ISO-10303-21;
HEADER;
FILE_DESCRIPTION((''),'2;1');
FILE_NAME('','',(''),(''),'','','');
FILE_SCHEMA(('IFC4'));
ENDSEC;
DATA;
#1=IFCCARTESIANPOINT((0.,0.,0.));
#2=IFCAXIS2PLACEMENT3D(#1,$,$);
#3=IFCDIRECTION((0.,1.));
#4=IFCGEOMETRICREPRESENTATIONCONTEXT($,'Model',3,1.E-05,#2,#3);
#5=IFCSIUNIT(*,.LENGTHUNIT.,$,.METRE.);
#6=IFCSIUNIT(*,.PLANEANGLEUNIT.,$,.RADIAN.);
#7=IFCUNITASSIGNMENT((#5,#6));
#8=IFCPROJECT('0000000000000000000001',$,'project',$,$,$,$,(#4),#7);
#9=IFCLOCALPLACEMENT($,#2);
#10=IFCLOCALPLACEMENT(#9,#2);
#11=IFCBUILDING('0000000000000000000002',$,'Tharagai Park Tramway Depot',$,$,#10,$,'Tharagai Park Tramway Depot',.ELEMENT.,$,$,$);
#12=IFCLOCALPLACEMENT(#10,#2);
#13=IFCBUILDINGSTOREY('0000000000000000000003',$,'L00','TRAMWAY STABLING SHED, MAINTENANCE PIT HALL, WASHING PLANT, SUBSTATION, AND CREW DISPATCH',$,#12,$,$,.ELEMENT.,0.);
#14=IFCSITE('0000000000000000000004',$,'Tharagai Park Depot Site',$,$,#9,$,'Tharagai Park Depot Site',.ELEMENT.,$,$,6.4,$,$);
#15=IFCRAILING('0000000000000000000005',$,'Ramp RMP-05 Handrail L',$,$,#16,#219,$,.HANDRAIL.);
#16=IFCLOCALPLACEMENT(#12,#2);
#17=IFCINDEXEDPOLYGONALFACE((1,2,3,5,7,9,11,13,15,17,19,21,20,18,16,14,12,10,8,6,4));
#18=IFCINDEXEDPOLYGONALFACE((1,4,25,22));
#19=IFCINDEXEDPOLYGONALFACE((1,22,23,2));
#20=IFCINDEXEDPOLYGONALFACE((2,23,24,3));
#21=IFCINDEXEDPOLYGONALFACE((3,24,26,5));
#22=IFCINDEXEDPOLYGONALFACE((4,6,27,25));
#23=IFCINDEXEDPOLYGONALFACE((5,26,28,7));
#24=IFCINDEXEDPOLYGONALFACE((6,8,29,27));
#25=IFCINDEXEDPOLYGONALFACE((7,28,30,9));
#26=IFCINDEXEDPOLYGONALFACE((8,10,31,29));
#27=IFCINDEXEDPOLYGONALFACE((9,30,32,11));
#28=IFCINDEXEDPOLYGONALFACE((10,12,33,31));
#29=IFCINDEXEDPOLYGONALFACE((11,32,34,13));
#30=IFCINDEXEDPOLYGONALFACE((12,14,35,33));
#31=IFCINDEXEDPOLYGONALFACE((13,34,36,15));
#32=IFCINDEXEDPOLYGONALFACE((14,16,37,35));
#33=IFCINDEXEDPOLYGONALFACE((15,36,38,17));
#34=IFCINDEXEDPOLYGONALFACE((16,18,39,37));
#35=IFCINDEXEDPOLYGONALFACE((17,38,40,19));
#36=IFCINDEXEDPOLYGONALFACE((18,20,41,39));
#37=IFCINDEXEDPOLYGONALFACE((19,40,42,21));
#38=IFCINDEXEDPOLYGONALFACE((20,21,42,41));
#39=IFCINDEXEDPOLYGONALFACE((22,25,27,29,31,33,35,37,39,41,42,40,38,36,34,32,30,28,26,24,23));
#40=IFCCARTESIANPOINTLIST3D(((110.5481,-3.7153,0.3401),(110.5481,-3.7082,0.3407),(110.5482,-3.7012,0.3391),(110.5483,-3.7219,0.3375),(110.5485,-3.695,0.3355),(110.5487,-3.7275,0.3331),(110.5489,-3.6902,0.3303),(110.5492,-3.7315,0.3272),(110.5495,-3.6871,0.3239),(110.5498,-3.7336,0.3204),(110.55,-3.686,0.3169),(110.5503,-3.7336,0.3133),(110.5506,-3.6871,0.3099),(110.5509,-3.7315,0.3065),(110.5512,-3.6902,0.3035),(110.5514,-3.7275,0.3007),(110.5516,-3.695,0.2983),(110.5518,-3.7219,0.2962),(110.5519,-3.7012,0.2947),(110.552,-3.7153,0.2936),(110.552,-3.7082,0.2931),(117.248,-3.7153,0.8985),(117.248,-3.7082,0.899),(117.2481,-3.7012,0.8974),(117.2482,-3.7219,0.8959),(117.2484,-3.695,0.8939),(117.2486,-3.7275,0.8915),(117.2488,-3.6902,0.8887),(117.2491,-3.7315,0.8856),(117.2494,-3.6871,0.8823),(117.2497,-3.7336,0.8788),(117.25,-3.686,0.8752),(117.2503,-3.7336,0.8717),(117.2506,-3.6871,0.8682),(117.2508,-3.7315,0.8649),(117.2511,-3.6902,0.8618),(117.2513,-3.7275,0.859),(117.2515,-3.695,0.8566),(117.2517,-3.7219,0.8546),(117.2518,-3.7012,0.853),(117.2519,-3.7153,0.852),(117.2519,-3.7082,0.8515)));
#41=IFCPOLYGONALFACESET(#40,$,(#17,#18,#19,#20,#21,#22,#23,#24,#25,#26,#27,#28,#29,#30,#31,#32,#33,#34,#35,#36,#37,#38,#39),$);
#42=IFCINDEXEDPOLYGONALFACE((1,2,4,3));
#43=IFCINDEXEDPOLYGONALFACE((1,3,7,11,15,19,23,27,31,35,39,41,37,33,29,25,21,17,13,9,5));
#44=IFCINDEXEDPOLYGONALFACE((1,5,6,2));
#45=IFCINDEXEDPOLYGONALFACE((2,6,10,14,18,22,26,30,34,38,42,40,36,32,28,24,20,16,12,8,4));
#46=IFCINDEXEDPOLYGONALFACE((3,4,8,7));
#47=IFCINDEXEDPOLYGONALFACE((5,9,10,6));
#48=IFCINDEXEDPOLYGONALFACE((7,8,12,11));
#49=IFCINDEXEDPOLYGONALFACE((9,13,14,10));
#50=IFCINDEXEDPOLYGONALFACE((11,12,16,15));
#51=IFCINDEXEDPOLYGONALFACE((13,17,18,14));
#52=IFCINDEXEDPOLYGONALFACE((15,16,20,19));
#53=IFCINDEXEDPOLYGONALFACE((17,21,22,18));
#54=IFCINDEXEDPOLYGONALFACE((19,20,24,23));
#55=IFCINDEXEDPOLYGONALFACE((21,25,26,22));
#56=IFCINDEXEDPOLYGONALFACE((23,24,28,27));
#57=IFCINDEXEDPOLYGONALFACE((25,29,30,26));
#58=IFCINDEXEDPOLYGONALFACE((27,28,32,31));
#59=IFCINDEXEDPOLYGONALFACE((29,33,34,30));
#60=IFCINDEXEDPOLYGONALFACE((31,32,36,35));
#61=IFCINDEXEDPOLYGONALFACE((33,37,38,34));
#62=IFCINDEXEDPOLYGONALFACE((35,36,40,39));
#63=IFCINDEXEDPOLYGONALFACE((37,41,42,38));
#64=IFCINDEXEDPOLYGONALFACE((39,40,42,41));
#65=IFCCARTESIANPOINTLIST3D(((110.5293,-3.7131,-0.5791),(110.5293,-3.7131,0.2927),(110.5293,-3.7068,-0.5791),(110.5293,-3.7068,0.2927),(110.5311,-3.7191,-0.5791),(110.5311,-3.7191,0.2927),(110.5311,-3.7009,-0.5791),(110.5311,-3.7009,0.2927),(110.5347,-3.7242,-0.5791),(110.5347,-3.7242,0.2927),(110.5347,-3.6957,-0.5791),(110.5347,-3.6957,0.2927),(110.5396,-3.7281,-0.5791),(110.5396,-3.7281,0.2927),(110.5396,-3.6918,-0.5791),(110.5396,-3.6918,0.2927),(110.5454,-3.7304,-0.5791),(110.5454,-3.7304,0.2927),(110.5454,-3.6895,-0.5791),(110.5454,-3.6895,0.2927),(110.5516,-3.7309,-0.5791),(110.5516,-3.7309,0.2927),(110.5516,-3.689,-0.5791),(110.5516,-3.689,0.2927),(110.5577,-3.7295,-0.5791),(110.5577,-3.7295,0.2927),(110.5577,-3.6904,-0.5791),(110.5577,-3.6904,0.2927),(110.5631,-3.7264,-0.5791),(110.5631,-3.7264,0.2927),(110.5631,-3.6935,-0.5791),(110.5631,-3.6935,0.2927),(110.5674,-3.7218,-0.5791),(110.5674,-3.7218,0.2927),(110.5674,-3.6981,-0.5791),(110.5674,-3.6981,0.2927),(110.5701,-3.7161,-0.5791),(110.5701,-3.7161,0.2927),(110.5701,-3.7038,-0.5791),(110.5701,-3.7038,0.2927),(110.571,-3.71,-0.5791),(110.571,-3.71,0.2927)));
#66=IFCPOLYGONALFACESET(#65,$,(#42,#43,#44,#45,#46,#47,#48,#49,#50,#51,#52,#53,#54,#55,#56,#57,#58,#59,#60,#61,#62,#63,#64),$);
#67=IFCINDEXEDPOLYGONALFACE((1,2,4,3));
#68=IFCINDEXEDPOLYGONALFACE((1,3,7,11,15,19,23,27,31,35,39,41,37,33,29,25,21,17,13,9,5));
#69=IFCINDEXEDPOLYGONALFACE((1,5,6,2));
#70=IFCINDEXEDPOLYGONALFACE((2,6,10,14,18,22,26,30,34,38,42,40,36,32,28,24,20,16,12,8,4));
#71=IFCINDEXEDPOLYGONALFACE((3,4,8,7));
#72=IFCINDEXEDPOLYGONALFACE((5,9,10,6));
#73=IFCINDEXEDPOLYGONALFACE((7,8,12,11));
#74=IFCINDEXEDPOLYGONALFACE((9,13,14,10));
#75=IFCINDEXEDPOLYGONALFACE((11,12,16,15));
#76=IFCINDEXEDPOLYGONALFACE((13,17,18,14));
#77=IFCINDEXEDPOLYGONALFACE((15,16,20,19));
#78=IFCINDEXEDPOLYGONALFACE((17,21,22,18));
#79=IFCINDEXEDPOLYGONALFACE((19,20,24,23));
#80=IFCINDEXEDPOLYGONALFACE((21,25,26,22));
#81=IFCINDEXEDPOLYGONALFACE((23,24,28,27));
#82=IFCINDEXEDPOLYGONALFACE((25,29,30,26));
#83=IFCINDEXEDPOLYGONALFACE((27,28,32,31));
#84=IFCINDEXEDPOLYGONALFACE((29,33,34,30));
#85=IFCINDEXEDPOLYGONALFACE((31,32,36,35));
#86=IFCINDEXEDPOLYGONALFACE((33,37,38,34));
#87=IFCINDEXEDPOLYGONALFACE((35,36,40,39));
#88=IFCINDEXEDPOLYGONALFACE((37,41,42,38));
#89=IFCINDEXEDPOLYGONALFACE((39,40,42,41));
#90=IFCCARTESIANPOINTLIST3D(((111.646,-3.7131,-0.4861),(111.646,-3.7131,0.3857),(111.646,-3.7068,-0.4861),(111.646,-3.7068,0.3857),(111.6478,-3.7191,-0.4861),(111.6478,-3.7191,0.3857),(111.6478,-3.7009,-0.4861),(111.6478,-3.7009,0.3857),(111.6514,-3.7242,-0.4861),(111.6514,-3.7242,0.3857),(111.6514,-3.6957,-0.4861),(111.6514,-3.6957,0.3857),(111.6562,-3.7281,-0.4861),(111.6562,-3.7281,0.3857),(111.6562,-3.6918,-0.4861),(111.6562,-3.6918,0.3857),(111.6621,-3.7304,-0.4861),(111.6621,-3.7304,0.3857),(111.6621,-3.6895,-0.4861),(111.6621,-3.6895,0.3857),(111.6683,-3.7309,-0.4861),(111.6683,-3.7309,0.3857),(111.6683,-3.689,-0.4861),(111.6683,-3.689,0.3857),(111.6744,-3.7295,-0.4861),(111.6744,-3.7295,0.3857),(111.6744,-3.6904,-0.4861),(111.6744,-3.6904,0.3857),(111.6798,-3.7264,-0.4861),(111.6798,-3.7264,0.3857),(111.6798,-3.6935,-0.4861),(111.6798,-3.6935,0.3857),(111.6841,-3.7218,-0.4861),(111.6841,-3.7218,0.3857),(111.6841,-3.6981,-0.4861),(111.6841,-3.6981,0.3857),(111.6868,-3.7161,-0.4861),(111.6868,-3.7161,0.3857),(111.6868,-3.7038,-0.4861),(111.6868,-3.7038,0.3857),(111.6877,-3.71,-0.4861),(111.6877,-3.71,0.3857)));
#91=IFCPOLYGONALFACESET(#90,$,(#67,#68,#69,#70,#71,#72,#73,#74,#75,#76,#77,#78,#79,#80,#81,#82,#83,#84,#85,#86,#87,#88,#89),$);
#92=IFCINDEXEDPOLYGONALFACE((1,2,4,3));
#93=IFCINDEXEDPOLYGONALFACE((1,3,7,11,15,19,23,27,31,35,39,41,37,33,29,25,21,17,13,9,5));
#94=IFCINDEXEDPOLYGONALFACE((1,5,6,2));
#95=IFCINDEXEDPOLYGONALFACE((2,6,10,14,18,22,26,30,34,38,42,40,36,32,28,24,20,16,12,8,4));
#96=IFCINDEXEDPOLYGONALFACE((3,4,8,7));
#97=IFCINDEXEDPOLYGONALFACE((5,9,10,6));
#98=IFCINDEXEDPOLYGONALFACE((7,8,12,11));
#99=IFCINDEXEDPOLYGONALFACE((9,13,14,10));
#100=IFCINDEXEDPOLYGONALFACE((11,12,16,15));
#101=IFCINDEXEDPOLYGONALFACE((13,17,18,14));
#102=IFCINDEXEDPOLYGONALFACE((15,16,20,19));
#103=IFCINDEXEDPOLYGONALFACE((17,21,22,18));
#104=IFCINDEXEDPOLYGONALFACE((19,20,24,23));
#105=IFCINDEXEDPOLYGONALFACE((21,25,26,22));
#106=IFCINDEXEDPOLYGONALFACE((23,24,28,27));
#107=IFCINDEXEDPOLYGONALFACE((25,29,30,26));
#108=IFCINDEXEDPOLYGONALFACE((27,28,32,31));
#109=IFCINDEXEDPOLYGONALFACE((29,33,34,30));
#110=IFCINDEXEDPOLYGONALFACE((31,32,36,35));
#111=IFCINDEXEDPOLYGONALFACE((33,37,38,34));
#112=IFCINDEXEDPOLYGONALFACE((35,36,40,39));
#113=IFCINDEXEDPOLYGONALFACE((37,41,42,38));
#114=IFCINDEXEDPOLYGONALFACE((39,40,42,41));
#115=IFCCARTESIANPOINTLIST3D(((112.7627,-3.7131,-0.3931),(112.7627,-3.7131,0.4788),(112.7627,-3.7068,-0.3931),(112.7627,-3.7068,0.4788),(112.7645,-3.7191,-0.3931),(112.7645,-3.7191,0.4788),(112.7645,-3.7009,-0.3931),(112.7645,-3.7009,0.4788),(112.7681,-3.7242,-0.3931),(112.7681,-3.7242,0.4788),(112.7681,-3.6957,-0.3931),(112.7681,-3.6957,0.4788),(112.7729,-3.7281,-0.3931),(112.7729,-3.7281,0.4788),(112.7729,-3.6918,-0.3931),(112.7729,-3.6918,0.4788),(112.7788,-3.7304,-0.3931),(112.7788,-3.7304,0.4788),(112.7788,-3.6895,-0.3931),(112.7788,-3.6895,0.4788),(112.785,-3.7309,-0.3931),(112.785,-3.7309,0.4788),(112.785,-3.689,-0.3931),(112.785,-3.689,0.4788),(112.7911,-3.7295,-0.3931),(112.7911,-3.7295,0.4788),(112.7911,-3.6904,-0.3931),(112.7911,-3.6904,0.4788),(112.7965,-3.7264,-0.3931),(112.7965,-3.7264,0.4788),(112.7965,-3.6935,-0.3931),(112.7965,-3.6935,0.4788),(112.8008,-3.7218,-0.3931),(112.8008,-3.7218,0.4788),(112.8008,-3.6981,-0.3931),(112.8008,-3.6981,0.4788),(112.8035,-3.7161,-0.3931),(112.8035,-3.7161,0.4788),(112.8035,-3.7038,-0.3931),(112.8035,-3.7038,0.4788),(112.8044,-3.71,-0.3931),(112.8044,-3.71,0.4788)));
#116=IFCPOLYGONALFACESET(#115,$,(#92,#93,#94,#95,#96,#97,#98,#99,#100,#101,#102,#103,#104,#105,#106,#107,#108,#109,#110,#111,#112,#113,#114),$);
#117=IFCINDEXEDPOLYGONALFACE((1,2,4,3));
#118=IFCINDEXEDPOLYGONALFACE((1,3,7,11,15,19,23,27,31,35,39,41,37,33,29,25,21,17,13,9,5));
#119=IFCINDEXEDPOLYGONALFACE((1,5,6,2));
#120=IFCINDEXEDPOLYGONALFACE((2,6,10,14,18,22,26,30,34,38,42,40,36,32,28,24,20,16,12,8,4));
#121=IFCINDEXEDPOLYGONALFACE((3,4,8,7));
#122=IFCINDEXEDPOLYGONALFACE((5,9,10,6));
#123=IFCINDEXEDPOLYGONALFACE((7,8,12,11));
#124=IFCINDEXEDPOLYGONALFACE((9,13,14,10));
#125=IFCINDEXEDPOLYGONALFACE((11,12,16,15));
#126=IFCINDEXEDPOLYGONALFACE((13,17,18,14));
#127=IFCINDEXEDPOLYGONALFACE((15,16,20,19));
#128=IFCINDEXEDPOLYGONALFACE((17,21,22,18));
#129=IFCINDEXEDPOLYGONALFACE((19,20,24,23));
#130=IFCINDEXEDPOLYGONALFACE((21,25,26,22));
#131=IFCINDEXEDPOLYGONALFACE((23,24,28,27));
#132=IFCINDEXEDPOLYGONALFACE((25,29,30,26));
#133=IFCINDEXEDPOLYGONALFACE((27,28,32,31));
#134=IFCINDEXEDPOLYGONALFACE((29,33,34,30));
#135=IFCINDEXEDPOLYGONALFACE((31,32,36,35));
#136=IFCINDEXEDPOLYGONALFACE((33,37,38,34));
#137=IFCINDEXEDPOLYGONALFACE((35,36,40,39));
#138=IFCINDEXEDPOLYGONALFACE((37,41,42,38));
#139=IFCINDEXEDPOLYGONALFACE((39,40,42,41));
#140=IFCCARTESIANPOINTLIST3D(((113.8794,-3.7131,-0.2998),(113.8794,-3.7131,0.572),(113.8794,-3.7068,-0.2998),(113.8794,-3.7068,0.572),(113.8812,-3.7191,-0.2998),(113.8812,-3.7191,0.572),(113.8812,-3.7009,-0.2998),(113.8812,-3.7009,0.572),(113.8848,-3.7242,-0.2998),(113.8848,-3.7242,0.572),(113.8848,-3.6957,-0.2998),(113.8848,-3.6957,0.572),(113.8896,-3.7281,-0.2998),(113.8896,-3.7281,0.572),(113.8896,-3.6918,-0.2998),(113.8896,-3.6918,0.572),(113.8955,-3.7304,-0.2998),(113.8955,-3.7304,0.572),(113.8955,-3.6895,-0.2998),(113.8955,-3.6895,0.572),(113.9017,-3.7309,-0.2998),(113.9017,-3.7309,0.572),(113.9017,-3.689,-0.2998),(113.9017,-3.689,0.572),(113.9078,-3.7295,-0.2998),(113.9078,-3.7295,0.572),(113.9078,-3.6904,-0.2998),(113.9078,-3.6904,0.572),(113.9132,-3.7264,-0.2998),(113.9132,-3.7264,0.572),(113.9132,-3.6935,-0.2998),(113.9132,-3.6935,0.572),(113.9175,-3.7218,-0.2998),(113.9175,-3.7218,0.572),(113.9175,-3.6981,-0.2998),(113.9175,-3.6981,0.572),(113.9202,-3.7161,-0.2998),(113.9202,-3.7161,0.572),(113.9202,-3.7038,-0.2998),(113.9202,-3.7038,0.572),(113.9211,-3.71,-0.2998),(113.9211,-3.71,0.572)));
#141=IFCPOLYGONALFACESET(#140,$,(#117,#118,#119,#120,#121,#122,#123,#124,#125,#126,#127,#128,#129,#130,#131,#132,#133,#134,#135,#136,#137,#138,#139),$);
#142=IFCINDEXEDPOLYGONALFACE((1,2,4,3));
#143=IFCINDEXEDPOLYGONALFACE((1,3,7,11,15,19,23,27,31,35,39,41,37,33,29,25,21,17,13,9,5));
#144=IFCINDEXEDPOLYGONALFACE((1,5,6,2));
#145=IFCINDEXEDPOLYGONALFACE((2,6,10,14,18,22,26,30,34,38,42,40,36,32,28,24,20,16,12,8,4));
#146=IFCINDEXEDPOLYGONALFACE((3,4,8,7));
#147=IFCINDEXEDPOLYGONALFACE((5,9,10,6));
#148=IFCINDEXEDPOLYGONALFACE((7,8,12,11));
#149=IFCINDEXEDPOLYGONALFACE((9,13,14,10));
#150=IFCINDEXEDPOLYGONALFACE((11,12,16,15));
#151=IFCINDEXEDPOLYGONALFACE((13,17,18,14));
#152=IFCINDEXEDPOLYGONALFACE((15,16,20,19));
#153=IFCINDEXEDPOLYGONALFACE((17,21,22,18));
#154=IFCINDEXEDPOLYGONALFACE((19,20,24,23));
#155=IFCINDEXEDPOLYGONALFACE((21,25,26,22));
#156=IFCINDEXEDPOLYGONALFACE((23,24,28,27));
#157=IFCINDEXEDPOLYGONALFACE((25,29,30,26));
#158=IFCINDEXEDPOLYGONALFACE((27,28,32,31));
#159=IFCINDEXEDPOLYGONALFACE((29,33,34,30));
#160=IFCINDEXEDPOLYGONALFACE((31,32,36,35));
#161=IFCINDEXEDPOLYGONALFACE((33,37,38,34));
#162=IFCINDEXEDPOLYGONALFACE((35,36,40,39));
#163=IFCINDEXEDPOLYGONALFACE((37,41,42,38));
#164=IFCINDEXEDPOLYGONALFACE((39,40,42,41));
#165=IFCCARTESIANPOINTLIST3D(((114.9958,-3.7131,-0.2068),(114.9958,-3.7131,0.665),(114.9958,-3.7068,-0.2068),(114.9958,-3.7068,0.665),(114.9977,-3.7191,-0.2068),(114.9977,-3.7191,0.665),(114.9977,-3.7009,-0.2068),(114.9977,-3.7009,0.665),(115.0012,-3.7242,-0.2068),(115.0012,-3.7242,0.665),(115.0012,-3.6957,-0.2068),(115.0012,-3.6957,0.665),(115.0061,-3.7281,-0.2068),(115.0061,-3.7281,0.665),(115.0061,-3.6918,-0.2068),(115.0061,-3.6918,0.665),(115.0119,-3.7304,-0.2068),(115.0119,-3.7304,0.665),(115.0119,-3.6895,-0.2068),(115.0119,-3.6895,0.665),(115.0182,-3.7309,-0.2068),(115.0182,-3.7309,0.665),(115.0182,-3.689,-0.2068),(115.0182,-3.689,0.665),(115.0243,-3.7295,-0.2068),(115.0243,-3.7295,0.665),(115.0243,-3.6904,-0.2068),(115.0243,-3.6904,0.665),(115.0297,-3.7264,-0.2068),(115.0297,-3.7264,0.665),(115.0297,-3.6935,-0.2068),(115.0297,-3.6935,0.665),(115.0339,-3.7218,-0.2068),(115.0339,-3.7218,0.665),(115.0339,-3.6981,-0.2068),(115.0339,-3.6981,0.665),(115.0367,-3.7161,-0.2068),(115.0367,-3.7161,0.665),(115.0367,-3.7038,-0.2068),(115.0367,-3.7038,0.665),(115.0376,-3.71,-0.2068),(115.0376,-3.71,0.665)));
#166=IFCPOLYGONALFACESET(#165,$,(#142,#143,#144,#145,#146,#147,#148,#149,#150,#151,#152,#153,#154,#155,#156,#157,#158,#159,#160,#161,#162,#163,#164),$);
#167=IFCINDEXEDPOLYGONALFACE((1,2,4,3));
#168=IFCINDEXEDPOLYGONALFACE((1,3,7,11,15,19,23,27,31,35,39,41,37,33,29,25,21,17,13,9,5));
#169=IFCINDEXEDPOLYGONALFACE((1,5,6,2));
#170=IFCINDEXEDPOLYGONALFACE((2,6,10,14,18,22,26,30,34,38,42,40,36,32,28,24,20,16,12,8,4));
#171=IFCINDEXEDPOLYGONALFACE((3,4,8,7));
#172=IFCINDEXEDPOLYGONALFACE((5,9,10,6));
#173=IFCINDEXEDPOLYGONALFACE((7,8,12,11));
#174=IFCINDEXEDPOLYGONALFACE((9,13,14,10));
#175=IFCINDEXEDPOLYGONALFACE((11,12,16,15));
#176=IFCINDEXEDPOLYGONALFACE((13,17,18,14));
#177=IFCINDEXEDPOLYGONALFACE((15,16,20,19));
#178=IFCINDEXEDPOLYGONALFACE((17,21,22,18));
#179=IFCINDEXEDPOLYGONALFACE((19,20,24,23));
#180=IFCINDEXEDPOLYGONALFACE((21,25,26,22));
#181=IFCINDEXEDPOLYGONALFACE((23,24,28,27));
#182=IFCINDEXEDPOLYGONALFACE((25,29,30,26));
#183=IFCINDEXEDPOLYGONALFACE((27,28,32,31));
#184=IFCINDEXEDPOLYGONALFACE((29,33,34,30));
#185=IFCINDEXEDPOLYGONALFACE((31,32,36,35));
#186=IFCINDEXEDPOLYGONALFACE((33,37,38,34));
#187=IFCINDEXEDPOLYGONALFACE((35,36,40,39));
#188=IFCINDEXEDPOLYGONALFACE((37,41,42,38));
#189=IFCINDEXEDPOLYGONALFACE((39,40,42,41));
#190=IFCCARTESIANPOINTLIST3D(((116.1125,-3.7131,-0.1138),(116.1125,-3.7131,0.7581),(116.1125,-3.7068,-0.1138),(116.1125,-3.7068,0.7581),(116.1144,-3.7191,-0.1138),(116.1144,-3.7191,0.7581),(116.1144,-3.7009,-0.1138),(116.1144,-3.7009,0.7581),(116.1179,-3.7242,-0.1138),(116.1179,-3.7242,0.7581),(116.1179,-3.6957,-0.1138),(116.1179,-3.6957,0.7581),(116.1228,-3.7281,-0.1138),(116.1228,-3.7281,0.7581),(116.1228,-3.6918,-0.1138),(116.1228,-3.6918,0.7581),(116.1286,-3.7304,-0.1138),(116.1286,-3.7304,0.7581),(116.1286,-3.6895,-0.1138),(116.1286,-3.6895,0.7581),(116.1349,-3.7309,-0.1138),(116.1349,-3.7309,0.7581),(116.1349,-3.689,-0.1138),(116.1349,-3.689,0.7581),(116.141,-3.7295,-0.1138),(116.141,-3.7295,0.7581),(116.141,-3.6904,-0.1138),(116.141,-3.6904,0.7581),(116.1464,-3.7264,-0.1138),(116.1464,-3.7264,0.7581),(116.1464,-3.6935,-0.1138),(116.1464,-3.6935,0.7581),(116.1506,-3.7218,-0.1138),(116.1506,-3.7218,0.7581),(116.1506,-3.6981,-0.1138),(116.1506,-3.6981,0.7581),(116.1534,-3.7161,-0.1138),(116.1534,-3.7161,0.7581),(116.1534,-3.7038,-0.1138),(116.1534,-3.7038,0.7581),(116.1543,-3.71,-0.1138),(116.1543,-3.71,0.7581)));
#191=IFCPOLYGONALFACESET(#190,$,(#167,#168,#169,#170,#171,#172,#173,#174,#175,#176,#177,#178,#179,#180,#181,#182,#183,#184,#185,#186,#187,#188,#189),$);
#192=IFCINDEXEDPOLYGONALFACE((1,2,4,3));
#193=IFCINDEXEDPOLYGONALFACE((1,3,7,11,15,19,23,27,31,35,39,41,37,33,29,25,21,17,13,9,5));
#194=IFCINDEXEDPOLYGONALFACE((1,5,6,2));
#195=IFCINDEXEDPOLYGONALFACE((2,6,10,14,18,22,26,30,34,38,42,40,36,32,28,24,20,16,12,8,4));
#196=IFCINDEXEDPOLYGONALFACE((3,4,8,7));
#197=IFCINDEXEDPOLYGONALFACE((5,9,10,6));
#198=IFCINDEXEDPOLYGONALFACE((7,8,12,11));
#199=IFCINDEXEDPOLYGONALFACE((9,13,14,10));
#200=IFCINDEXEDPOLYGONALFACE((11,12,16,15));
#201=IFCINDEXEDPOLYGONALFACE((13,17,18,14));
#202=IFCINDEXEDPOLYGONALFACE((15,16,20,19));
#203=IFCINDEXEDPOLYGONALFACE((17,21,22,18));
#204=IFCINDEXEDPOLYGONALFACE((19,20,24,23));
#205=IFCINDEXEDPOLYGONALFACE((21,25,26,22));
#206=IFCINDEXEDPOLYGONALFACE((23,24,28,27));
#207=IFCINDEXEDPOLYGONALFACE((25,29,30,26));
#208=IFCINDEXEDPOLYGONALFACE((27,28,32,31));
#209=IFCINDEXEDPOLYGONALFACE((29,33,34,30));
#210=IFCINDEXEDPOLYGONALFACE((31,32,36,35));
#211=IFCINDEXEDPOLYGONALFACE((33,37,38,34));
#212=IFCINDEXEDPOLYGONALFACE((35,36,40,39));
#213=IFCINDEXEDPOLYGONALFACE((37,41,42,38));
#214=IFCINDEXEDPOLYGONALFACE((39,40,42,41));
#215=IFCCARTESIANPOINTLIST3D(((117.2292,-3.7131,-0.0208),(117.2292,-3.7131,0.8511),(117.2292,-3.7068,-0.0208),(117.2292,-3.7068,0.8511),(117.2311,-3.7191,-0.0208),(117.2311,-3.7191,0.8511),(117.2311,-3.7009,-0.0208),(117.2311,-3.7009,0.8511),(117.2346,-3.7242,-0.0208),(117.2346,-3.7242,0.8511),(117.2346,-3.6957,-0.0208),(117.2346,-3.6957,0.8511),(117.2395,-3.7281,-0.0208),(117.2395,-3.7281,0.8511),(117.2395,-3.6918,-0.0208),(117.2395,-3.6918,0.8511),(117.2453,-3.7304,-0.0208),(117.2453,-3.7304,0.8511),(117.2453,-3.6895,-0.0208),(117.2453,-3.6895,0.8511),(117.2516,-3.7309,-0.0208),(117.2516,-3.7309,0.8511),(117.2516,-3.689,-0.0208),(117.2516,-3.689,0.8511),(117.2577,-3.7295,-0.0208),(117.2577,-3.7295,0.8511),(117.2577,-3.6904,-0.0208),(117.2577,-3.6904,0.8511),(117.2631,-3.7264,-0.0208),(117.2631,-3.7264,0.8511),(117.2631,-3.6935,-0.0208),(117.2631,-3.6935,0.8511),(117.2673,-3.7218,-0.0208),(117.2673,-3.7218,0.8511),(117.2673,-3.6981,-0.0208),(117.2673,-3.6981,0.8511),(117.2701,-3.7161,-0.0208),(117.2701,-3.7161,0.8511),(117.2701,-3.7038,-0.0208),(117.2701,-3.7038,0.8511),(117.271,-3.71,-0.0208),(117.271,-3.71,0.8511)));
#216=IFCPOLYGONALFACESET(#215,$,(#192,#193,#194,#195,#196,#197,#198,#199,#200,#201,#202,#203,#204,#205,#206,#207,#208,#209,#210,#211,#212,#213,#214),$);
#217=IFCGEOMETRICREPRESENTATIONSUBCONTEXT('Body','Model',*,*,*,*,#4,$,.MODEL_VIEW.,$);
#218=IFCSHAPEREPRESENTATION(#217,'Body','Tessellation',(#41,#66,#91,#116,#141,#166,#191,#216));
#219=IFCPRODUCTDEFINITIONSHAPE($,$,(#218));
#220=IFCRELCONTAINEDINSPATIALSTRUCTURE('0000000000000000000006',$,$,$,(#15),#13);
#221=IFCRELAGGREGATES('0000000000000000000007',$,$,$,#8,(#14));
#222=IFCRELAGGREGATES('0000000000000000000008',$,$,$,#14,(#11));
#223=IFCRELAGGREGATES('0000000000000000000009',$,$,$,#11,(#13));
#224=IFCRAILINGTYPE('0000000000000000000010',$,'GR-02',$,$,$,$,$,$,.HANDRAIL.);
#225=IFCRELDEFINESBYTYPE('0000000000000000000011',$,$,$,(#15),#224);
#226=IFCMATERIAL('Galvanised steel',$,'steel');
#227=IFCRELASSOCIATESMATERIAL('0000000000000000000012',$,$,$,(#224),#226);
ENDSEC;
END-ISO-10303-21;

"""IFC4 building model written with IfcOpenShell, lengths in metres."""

from ifc_helpers import new_model, si_unit, direction, frame, origin, origin_2d, place, context, subcontext, project, spatial, circle, extrude, material, type_object, element, save


model = new_model("IFC4")

# Units and contexts
model_context = context("Model", 3, precision=1e-05, world=origin(), true_north=direction((0.0, 1.0)))
body_context = subcontext(model_context, "Body", "Model", "MODEL_VIEW")
ifc_project = project(units=[si_unit("LENGTHUNIT", "METRE"), si_unit("PLANEANGLEUNIT", "RADIAN")], contexts=[model_context])

# Site, building, storey
site_placement = place(None, origin())
site = spatial("IfcSite", under=ifc_project, at=site_placement, Name="Tharagai Park Depot Site", LongName="Tharagai Park Depot Site", CompositionType="ELEMENT", RefElevation=6.4)
building_placement = place(site_placement, origin())
building = spatial("IfcBuilding", under=site, at=building_placement, Name="Tharagai Park Tramway Depot", LongName="Tharagai Park Tramway Depot", CompositionType="ELEMENT")
storey_placement = place(building_placement, origin())
storey = spatial("IfcBuildingStorey", under=building, at=storey_placement, Name="L00", Description="TRAMWAY STABLING SHED, MAINTENANCE PIT HALL, WASHING PLANT, SUBSTATION, AND CREW DISPATCH", CompositionType="ELEMENT", Elevation=0.0)

# Railing
ifc_material_1 = material(Name="Galvanised steel", Category="steel")
railing_type = type_object("IfcRailingType", Name="GR-02", PredefinedType="HANDRAIL", material=ifc_material_1)
for number, where, name in (
    (1, (110.55, -3.71, -0.5791), "Ramp RMP-05 Handrail L"),
):
    element("IfcRailing", number, at=place(storey_placement, frame(where)), inside=storey, type_object=railing_type, Name=name, PredefinedType="HANDRAIL", context=body_context, shape_type="SweptSolid", body=[
        extrude(circle(Radius=0.0239, at=origin_2d()), frame((0.0, 0.0, 0.896), z_axis=(0.996546, 0.0, 0.083048), x_axis=(0.0, 1.0, 0.0)), (0.0, 0.0, 1.0), 6.7231),
        extrude(circle(Radius=0.021, at=origin_2d()), origin(), (0.0, 0.0, 1.0), 0.8718),
        extrude(circle(Radius=0.021, at=origin_2d()), frame((1.1167, 0.0, 0.093)), (0.0, 0.0, 1.0), 0.8718),
        extrude(circle(Radius=0.021, at=origin_2d()), frame((2.2334, 0.0, 0.186)), (0.0, 0.0, 1.0), 0.8718),
        extrude(circle(Radius=0.021, at=origin_2d()), frame((3.3501, 0.0, 0.2793)), (0.0, 0.0, 1.0), 0.8718),
        extrude(circle(Radius=0.021, at=origin_2d()), frame((4.4666, 0.0, 0.3723)), (0.0, 0.0, 1.0), 0.8718),
        extrude(circle(Radius=0.021, at=origin_2d()), frame((5.5833, 0.0, 0.4653)), (0.0, 0.0, 1.0), 0.8718),
        extrude(circle(Radius=0.021, at=origin_2d()), frame((6.7, 0.0, 0.5583)), (0.0, 0.0, 1.0), 0.8718),
    ])

save(model, "model.ifc")
